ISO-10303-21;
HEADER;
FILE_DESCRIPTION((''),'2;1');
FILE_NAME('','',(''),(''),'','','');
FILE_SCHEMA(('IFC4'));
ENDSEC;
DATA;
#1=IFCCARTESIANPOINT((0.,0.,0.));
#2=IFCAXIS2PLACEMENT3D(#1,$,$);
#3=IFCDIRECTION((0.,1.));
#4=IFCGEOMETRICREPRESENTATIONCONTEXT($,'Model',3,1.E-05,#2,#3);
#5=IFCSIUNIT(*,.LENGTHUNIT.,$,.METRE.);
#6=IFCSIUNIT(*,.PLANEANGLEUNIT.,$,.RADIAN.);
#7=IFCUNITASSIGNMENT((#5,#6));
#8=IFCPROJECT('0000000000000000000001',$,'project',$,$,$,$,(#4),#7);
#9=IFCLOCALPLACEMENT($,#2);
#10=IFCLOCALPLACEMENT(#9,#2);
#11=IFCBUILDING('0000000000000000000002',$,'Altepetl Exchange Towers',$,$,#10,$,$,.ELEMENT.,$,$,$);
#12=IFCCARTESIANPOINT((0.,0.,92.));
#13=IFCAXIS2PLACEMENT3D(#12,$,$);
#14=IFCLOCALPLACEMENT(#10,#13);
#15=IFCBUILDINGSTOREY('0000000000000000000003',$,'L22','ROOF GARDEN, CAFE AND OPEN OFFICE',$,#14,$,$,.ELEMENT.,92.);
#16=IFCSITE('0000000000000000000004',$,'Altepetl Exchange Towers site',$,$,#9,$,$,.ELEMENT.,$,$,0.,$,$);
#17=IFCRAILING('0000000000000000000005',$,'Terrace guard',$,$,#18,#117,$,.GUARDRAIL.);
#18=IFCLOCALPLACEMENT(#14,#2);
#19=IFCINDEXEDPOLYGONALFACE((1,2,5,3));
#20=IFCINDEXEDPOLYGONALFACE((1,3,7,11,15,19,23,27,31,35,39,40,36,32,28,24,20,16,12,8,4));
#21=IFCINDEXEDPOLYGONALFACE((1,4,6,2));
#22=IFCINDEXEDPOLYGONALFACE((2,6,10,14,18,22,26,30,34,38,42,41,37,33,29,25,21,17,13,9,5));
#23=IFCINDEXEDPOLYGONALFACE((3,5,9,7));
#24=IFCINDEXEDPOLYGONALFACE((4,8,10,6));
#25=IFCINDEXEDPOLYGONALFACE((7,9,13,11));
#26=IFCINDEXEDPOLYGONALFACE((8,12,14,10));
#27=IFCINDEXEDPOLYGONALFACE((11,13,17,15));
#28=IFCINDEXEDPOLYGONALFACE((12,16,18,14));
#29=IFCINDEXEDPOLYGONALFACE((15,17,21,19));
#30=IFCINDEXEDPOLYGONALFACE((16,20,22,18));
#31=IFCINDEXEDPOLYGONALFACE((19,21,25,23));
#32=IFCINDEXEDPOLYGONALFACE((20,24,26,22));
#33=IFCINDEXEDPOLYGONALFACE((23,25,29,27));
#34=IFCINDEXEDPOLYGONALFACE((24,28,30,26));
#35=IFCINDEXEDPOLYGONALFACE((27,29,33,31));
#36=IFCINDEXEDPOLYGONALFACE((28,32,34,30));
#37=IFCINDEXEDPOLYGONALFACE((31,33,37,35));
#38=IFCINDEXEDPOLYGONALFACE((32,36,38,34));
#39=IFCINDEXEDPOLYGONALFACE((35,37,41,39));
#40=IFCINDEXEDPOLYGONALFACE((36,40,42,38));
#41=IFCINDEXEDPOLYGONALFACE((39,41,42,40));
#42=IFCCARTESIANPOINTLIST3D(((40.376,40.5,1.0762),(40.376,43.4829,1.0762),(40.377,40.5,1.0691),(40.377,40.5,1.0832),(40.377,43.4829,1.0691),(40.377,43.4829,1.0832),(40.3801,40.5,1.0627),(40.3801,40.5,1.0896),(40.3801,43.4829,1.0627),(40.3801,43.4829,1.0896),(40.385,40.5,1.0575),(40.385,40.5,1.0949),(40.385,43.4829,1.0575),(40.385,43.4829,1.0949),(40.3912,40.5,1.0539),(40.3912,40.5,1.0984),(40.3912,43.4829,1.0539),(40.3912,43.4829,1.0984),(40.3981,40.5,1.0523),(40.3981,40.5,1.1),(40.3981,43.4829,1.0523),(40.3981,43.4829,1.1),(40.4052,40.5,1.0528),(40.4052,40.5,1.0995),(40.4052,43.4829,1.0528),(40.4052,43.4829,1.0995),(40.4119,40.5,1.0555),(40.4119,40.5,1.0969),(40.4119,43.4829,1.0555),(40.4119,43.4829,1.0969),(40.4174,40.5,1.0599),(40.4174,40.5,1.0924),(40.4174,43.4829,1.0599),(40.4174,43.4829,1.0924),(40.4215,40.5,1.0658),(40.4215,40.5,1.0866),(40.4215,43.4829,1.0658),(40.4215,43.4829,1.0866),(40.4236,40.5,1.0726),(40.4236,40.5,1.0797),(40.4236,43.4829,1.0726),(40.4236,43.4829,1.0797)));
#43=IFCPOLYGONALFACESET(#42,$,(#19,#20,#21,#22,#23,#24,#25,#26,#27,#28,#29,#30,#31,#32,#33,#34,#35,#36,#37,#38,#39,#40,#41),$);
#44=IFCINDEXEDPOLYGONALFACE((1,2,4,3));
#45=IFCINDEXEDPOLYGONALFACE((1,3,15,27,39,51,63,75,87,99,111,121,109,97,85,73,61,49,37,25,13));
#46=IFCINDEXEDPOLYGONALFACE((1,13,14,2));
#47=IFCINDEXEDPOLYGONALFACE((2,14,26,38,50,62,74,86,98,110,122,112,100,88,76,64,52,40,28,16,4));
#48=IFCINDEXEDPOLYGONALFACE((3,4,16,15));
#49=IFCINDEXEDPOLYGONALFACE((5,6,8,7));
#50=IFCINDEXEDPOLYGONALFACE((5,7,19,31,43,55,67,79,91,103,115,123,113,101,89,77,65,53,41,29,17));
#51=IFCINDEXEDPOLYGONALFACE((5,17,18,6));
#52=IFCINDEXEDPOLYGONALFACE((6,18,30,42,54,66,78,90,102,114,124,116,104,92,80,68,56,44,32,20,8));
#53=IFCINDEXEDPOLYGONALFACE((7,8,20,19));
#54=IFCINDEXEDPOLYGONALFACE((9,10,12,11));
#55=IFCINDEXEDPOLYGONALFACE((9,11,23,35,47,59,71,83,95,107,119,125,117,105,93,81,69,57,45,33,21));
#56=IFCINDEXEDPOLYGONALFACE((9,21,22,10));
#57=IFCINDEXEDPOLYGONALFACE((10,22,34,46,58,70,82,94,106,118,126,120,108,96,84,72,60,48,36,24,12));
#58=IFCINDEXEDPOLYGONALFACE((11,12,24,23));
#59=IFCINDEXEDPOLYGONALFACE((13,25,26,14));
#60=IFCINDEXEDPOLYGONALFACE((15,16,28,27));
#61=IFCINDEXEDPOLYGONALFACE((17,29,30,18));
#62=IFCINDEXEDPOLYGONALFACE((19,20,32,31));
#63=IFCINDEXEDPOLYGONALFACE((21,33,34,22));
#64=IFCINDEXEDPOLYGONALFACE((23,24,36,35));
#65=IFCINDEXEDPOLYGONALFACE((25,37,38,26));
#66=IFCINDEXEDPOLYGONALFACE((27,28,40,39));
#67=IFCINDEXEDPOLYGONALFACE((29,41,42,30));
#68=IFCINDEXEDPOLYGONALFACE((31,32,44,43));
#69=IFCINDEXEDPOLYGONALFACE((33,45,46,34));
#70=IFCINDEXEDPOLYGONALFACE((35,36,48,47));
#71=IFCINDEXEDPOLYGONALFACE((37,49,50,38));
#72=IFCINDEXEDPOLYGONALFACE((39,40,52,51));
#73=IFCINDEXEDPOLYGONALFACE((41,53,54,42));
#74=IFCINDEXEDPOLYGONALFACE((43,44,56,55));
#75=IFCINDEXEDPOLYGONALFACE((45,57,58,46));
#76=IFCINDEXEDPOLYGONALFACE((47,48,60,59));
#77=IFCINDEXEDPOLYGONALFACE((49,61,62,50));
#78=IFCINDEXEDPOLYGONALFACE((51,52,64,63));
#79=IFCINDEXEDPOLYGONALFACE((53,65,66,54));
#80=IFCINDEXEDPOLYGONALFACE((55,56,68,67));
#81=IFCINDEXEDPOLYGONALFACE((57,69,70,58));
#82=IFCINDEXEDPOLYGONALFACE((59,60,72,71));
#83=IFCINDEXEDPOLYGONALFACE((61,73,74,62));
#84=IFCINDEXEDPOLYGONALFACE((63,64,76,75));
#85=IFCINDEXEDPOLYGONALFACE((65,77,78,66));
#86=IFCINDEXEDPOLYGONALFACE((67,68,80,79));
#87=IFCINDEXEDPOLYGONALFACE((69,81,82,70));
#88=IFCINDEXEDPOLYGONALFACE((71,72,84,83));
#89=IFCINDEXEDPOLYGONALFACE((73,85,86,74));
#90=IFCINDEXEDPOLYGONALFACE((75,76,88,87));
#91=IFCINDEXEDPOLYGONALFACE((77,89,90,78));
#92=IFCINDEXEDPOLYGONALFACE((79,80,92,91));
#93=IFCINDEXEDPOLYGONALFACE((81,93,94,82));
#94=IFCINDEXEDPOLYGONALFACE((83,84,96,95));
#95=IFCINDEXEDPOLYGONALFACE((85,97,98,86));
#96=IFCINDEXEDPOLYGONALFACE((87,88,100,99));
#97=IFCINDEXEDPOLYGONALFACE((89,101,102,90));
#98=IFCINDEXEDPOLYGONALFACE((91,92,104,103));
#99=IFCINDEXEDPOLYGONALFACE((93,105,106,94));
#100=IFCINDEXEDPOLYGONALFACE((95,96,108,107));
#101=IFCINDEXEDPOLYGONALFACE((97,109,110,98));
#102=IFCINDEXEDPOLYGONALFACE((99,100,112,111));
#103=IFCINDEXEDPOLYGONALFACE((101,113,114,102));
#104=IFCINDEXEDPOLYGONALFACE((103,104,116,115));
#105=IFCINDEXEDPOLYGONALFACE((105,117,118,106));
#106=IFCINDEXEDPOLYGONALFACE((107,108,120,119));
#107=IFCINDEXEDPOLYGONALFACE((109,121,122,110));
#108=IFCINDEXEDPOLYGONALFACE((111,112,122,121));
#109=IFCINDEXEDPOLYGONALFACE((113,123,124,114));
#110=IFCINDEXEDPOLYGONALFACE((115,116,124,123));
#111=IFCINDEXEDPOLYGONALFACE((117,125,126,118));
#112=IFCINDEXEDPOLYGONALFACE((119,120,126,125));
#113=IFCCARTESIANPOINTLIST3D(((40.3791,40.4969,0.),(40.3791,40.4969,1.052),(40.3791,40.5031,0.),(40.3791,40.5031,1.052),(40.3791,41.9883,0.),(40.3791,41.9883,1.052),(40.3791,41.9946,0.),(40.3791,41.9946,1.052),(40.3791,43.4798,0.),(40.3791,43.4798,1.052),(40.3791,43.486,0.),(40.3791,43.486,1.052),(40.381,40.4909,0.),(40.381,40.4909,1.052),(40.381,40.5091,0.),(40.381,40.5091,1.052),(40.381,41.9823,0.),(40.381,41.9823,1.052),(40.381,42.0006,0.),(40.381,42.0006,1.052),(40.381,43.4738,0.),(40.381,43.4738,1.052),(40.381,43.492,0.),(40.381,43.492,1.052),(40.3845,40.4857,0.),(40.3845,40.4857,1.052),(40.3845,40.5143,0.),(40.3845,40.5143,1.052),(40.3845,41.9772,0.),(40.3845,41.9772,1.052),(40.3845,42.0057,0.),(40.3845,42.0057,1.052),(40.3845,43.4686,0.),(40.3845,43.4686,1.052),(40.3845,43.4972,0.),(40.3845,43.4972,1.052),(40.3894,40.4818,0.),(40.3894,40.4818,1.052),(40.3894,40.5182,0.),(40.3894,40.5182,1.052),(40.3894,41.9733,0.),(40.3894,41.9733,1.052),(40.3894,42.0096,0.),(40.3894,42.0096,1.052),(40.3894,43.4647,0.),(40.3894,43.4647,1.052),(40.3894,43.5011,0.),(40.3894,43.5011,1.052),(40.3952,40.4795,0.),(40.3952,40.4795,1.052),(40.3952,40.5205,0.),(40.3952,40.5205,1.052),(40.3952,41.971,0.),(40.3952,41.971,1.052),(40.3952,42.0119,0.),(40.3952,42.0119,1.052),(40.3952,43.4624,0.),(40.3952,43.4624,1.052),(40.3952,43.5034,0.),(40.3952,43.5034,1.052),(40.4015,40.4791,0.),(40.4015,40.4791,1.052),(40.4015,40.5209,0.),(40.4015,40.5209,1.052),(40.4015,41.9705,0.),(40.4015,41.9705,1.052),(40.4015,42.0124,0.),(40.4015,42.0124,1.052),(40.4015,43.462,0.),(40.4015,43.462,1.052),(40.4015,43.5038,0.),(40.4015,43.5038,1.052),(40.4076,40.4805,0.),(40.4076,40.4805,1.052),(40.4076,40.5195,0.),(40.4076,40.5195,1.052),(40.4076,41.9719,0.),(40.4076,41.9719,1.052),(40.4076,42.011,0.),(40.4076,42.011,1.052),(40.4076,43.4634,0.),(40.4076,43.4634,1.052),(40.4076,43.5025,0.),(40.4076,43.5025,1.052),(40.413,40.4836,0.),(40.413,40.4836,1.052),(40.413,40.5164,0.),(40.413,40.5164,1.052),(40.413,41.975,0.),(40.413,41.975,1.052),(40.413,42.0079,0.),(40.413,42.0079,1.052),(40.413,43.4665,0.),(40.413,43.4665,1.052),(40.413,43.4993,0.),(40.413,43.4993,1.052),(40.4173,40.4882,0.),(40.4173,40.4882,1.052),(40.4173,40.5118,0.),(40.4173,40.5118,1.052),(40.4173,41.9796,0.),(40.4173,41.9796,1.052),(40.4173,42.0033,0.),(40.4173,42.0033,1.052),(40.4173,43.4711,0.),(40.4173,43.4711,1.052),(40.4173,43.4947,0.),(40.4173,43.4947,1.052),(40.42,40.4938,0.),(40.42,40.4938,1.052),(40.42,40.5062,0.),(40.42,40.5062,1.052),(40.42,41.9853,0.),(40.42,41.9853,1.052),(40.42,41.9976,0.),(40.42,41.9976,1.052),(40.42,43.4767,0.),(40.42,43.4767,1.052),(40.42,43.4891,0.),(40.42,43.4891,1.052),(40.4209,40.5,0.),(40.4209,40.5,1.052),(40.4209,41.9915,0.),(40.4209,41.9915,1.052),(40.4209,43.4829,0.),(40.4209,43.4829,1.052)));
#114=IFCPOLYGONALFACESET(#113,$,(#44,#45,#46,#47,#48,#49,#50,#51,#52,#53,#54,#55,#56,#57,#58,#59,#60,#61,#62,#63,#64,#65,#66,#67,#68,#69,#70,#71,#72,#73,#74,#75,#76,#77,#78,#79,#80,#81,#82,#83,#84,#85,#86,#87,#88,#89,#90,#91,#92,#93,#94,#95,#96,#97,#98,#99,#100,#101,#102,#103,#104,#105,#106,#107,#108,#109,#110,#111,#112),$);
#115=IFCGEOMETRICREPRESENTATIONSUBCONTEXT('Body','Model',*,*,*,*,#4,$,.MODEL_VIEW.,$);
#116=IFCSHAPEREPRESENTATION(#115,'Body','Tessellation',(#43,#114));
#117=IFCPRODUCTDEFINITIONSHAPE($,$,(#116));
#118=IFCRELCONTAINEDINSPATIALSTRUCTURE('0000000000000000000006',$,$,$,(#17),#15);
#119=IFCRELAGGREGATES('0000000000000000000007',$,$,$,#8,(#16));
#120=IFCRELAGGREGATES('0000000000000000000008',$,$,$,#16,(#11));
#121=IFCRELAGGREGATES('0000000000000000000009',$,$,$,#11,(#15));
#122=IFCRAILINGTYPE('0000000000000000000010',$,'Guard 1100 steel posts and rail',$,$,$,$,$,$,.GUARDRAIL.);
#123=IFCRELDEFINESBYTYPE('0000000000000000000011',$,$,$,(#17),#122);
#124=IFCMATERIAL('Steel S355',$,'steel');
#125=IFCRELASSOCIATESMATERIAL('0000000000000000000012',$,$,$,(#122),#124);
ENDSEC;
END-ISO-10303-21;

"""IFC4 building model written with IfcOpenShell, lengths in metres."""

from ifc_helpers import new_model, si_unit, direction, frame, origin, origin_2d, place, context, subcontext, project, spatial, circle, extrude, source, transform, mapped, material, type_object, element, save


model = new_model("IFC4")

# Units and contexts
model_context = context("Model", 3, precision=1e-05, world=origin(), true_north=direction((0.0, 1.0)))
body_context = subcontext(model_context, "Body", "Model", "MODEL_VIEW")
ifc_project = project(units=[si_unit("LENGTHUNIT", "METRE"), si_unit("PLANEANGLEUNIT", "RADIAN")], contexts=[model_context])

# Site, building, storey
site_placement = place(None, origin())
site = spatial("IfcSite", under=ifc_project, at=site_placement, Name="Altepetl Exchange Towers site", CompositionType="ELEMENT", RefElevation=0.0)
building_placement = place(site_placement, origin())
building = spatial("IfcBuilding", under=site, at=building_placement, Name="Altepetl Exchange Towers", CompositionType="ELEMENT")
storey_placement = place(building_placement, frame((0.0, 0.0, 92.0)))
storey = spatial("IfcBuildingStorey", under=building, at=storey_placement, Name="L22", Description="ROOF GARDEN, CAFE AND OPEN OFFICE", CompositionType="ELEMENT", Elevation=92.0)

# Railing
ifc_material_1 = material(Name="Steel S355", Category="steel")
railing_type_1 = type_object("IfcRailingType", Name="Guard 1100 steel posts and rail", PredefinedType="GUARDRAIL", material=ifc_material_1)
shared_shape_1 = source(origin(), body_context, "Body", "SweptSolid", [
    extrude(circle(Radius=0.021, at=origin_2d()), origin(), (0.0, 0.0, 1.0), 1.052),
])
railing_1_placement = place(storey_placement, frame((40.3999, 40.5, 0.0)))
element("IfcRailing", 1, at=railing_1_placement, inside=storey, type_object=railing_type_1, Name="Terrace guard", PredefinedType="GUARDRAIL", context=body_context, shape_type="SweptSolid", body=[
    extrude(circle(Radius=0.0239, at=origin_2d()), frame((0.0, 0.0, 1.0762), z_axis=(0.0, 1.0, 0.0), x_axis=(-1.0, 0.0, 0.0)), (0.0, 0.0, 1.0), 2.9829),
    mapped(shared_shape_1, transform((0.0, 0.0, 0.0))),
    mapped(shared_shape_1, transform((0.0, 1.4915, 0.0))),
    mapped(shared_shape_1, transform((0.0, 2.9829, 0.0))),
])

save(model, "model.ifc")
